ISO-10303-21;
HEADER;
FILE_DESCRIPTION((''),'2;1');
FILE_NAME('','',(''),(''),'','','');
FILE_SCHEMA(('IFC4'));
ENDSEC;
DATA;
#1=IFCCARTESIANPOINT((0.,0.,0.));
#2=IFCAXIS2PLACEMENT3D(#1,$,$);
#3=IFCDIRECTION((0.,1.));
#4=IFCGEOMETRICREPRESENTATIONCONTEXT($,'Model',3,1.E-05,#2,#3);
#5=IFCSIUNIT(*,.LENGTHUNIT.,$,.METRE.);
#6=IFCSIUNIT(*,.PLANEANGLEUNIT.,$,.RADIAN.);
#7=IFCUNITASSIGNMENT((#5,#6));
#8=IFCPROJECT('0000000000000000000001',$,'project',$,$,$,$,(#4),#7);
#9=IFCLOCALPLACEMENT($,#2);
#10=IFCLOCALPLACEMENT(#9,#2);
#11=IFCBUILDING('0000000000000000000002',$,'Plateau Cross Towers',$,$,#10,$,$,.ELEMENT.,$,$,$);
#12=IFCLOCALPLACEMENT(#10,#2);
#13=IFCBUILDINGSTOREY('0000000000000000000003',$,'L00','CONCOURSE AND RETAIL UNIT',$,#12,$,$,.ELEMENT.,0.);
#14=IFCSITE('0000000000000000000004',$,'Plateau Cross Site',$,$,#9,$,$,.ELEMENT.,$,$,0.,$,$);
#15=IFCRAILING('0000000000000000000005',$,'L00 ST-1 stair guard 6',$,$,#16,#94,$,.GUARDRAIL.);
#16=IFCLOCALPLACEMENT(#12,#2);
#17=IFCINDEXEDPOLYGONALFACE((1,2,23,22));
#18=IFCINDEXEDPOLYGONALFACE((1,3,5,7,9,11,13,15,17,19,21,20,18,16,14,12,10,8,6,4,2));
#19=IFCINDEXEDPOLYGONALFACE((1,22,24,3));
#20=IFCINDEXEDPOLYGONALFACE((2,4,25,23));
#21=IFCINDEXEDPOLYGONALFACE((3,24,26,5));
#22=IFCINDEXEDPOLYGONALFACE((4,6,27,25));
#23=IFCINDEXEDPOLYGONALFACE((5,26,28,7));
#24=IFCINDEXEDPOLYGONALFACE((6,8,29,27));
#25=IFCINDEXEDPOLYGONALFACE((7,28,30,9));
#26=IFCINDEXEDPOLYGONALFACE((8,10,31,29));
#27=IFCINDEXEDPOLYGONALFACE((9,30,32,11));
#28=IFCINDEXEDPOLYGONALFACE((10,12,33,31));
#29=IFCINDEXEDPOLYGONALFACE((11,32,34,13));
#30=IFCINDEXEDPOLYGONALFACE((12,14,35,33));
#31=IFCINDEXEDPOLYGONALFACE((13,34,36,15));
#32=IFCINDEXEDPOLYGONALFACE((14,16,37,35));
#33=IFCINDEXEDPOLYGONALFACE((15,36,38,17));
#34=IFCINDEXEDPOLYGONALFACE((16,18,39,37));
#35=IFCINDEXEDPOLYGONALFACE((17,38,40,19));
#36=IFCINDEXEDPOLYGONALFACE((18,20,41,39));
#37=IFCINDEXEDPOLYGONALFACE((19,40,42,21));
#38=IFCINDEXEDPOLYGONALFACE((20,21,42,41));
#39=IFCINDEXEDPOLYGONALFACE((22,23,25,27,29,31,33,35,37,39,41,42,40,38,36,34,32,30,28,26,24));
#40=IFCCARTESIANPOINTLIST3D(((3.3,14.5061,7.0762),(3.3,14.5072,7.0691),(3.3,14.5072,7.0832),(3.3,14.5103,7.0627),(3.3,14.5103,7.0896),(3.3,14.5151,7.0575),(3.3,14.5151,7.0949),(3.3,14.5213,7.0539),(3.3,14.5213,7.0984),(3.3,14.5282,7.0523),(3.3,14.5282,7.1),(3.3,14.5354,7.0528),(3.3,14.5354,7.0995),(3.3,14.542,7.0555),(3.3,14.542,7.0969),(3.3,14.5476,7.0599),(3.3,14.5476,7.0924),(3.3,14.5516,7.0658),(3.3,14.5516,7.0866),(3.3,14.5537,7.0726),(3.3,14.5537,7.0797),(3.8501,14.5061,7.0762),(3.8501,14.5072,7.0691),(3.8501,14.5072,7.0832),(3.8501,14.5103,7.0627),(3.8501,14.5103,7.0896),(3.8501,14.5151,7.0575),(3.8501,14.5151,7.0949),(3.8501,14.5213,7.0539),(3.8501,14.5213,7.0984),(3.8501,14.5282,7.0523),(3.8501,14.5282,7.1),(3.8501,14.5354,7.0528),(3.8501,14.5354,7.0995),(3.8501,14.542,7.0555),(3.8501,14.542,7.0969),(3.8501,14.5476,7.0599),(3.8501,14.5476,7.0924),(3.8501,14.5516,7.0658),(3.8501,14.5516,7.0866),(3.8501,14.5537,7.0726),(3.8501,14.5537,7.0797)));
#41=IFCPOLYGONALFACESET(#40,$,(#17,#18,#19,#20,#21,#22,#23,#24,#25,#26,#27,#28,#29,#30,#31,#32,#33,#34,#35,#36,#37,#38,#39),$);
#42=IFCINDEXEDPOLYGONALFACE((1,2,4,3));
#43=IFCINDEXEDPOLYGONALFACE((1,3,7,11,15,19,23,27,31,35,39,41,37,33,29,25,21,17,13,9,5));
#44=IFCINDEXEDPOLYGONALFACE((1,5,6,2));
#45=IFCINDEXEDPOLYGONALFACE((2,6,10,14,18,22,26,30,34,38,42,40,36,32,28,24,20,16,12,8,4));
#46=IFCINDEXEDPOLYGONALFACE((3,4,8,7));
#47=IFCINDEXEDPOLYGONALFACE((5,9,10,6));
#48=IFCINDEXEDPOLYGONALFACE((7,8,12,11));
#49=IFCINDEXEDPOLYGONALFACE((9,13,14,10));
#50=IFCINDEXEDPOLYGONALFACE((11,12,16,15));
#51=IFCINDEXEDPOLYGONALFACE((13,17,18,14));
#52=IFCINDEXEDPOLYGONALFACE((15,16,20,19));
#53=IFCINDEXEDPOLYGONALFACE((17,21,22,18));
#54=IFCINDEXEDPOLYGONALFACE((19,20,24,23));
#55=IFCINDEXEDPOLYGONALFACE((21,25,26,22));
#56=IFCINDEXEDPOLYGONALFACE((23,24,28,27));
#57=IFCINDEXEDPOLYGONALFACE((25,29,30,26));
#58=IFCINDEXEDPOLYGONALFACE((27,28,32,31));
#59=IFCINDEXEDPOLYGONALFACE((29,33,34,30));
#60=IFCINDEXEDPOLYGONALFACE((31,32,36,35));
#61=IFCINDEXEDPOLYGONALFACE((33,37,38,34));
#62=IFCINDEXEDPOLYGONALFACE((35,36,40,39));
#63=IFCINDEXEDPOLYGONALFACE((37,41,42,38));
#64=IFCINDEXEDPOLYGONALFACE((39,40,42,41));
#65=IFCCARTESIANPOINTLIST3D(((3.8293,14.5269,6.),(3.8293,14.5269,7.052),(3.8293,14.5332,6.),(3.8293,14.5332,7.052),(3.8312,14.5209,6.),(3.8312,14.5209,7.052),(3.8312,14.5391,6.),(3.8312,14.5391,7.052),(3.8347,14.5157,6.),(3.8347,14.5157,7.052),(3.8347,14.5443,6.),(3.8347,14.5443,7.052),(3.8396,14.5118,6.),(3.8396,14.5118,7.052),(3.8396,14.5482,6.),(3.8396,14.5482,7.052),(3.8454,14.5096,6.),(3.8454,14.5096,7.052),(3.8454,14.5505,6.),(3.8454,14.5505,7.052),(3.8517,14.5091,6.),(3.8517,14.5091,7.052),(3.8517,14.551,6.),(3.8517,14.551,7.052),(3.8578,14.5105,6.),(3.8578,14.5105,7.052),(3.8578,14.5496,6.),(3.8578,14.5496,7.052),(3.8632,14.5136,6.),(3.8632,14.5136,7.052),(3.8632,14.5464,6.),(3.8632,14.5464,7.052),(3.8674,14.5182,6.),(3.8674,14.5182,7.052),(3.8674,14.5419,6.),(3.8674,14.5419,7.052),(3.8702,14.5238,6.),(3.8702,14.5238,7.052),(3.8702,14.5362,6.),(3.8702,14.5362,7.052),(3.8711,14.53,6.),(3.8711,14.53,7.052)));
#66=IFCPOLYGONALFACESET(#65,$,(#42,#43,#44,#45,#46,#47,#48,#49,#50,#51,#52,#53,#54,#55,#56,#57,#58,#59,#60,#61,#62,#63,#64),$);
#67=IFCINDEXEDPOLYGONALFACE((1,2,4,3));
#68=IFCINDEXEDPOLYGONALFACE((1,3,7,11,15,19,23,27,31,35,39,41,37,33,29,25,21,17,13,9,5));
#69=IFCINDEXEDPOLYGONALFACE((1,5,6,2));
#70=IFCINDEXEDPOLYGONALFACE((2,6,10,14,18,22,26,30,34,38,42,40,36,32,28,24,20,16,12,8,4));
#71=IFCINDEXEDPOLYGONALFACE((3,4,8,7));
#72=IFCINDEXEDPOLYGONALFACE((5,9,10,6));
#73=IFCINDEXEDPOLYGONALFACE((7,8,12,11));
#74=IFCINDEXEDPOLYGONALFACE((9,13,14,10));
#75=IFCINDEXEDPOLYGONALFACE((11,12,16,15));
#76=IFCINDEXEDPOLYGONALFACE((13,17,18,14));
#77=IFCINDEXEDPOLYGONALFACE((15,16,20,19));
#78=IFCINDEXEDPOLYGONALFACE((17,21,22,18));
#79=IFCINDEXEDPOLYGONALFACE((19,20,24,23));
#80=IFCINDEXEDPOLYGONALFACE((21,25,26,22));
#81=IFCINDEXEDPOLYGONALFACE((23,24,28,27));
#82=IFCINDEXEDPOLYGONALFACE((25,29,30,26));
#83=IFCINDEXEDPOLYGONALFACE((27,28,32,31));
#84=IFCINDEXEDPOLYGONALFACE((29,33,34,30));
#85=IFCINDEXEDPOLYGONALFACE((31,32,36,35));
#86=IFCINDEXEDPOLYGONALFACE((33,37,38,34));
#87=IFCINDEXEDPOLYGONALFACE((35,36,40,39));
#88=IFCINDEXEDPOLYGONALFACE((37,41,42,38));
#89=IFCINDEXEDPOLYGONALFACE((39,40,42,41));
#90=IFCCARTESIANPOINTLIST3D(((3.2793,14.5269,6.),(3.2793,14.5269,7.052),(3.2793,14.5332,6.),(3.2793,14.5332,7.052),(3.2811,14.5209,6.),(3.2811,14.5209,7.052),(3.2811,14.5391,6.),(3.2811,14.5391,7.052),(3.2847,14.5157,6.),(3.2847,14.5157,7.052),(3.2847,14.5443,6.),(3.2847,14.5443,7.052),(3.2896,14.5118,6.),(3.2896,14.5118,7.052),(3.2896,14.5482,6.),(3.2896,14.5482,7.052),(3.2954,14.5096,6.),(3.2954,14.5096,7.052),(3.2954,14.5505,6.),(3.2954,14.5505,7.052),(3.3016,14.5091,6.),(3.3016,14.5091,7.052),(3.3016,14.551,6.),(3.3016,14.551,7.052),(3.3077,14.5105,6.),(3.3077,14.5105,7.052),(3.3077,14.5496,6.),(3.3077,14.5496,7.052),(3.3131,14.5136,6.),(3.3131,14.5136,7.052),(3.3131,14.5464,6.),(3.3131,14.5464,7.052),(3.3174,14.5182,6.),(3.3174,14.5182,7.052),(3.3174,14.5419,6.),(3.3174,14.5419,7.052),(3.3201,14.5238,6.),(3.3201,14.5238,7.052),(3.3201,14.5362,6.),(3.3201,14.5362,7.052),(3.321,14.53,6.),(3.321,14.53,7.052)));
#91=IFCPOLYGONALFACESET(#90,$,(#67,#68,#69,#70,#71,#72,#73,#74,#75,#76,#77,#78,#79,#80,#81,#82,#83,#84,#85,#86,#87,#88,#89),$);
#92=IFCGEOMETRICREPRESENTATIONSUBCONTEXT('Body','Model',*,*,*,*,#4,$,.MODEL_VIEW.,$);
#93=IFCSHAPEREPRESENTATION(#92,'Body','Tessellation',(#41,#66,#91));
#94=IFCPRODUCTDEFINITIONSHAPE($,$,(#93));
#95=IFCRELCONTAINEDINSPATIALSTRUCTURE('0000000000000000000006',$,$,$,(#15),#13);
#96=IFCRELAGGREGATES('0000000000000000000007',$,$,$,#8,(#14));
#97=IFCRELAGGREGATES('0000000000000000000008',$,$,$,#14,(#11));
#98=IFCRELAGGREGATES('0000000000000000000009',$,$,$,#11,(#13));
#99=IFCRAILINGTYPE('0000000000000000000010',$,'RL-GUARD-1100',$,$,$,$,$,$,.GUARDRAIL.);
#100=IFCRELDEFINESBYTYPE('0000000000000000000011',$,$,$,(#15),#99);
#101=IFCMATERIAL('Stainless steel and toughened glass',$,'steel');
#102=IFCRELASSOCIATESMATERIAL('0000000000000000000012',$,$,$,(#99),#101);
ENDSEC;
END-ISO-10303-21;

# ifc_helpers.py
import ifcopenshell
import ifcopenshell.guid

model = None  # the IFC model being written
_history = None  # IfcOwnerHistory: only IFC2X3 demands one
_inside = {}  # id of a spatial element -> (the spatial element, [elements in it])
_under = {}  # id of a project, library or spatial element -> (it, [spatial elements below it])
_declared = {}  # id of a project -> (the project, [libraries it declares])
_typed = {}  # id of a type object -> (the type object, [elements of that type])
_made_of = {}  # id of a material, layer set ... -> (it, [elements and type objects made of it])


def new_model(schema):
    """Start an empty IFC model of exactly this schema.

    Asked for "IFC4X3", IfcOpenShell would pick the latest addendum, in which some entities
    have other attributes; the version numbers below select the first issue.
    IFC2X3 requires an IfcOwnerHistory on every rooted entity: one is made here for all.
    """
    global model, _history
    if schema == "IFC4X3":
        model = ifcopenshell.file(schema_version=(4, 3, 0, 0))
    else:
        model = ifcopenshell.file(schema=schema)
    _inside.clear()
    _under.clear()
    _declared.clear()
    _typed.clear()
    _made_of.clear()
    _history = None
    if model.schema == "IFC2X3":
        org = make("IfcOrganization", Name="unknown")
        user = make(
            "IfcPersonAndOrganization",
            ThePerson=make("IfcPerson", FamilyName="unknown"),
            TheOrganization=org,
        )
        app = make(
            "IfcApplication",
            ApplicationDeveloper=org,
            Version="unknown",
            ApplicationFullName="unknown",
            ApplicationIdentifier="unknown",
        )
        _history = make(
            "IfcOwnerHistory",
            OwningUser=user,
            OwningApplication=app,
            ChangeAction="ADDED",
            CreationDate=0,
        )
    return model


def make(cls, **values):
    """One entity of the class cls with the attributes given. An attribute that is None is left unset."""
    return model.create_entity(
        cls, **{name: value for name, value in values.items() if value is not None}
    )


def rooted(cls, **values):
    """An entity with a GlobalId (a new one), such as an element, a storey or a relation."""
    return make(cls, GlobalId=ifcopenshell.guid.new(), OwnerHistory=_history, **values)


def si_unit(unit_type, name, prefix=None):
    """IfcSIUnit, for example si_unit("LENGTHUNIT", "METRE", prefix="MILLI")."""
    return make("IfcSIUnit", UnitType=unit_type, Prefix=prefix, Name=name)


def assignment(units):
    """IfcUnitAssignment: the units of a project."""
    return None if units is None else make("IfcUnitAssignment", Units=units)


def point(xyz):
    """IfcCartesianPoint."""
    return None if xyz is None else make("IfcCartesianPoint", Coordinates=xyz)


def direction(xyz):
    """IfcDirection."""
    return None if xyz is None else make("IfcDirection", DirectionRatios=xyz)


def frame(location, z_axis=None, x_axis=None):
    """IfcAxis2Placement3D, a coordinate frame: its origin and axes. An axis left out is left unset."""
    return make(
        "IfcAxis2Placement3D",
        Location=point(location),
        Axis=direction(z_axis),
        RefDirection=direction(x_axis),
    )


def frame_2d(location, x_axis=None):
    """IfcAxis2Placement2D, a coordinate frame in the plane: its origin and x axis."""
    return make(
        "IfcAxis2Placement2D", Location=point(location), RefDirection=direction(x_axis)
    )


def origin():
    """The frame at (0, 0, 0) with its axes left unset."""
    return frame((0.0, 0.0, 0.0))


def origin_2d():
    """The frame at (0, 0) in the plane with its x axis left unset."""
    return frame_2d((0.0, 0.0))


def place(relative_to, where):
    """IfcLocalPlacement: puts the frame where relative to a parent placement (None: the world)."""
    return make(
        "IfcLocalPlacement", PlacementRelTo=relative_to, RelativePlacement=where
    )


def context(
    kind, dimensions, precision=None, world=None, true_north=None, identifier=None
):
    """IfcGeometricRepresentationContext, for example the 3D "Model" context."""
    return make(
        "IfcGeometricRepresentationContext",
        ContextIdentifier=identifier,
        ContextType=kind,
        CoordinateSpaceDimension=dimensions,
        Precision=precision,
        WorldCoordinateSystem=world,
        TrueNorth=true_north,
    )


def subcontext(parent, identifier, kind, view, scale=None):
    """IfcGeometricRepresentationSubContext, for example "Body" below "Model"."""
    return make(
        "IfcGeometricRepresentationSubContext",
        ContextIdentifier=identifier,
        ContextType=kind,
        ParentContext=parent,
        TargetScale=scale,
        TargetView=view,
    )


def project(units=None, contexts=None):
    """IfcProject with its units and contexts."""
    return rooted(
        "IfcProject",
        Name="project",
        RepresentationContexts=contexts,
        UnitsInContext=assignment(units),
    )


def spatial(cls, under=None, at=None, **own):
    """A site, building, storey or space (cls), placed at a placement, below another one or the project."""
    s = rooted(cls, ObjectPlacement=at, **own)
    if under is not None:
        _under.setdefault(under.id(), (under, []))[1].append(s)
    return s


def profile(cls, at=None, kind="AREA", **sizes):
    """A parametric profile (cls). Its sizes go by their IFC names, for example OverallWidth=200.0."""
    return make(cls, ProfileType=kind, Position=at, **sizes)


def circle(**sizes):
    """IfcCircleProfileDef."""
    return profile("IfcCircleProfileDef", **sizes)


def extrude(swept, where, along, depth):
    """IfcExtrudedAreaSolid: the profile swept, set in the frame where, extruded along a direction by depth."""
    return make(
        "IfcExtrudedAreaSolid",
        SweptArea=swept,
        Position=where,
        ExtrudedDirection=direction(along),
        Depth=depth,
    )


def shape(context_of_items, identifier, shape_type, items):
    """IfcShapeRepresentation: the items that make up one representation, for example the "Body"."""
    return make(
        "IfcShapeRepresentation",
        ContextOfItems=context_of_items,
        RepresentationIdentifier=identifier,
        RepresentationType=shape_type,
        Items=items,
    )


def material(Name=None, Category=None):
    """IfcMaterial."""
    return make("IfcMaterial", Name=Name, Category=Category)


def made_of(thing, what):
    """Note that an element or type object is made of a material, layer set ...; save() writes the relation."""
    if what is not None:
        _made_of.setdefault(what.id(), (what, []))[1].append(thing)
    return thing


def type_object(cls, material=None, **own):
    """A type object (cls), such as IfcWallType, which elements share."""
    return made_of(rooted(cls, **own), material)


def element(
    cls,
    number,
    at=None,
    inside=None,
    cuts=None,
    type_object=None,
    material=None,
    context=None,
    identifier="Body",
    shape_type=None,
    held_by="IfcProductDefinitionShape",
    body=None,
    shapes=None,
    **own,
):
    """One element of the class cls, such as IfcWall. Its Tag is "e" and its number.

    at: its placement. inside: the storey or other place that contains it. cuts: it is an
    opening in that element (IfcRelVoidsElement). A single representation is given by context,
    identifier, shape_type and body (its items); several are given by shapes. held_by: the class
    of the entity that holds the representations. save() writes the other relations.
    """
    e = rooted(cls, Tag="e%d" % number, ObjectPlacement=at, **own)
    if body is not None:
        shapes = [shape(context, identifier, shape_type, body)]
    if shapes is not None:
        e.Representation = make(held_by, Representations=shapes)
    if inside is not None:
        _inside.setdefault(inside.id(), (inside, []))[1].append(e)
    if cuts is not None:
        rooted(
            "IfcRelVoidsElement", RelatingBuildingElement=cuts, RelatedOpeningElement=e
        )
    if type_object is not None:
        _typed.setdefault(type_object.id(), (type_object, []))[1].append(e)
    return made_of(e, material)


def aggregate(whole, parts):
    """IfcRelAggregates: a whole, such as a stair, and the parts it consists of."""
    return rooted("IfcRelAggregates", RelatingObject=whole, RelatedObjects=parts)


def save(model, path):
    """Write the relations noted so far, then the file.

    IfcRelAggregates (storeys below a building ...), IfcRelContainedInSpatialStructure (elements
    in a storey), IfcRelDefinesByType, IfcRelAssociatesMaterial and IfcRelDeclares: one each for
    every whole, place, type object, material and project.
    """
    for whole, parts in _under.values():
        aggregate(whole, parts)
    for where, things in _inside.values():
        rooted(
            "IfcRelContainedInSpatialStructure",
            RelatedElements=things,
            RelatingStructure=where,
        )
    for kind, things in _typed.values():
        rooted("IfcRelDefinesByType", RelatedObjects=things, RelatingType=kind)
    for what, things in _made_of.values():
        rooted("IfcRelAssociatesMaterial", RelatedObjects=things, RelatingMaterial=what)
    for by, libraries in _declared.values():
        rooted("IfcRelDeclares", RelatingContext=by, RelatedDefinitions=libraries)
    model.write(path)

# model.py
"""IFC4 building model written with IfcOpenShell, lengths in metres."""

from ifc_helpers import new_model, si_unit, direction, frame, origin, origin_2d, place, context, subcontext, project, spatial, circle, extrude, material, type_object, element, save


model = new_model("IFC4")

# Units and contexts
model_context = context("Model", 3, precision=1e-05, world=origin(), true_north=direction((0.0, 1.0)))
body_context = subcontext(model_context, "Body", "Model", "MODEL_VIEW")
ifc_project = project(units=[si_unit("LENGTHUNIT", "METRE"), si_unit("PLANEANGLEUNIT", "RADIAN")], contexts=[model_context])

# Site, building, storey
site_placement = place(None, origin())
site = spatial("IfcSite", under=ifc_project, at=site_placement, Name="Plateau Cross Site", CompositionType="ELEMENT", RefElevation=0.0)
building_placement = place(site_placement, origin())
building = spatial("IfcBuilding", under=site, at=building_placement, Name="Plateau Cross Towers", CompositionType="ELEMENT")
storey_placement = place(building_placement, origin())
storey = spatial("IfcBuildingStorey", under=building, at=storey_placement, Name="L00", Description="CONCOURSE AND RETAIL UNIT", CompositionType="ELEMENT", Elevation=0.0)

# Railing
ifc_material_1 = material(Name="Stainless steel and toughened glass", Category="steel")
railing_type_1 = type_object("IfcRailingType", Name="RL-GUARD-1100", PredefinedType="GUARDRAIL", material=ifc_material_1)
railing_1_placement = place(storey_placement, frame((3.8501, 14.53, 6.0)))
element("IfcRailing", 1, at=railing_1_placement, inside=storey, type_object=railing_type_1, Name="L00 ST-1 stair guard 6", PredefinedType="GUARDRAIL", context=body_context, shape_type="SweptSolid", body=[
    extrude(circle(Radius=0.0239, at=origin_2d()), frame((0.0, 0.0, 1.0762), z_axis=(-1.0, 0.0, 0.0), x_axis=(0.0, -1.0, 0.0)), (0.0, 0.0, 1.0), 0.55),
    extrude(circle(Radius=0.021, at=origin_2d()), origin(), (0.0, 0.0, 1.0), 1.052),
    extrude(circle(Radius=0.021, at=origin_2d()), frame((-0.55, 0.0, 0.0)), (0.0, 0.0, 1.0), 1.052),
])

save(model, "model.ifc")
